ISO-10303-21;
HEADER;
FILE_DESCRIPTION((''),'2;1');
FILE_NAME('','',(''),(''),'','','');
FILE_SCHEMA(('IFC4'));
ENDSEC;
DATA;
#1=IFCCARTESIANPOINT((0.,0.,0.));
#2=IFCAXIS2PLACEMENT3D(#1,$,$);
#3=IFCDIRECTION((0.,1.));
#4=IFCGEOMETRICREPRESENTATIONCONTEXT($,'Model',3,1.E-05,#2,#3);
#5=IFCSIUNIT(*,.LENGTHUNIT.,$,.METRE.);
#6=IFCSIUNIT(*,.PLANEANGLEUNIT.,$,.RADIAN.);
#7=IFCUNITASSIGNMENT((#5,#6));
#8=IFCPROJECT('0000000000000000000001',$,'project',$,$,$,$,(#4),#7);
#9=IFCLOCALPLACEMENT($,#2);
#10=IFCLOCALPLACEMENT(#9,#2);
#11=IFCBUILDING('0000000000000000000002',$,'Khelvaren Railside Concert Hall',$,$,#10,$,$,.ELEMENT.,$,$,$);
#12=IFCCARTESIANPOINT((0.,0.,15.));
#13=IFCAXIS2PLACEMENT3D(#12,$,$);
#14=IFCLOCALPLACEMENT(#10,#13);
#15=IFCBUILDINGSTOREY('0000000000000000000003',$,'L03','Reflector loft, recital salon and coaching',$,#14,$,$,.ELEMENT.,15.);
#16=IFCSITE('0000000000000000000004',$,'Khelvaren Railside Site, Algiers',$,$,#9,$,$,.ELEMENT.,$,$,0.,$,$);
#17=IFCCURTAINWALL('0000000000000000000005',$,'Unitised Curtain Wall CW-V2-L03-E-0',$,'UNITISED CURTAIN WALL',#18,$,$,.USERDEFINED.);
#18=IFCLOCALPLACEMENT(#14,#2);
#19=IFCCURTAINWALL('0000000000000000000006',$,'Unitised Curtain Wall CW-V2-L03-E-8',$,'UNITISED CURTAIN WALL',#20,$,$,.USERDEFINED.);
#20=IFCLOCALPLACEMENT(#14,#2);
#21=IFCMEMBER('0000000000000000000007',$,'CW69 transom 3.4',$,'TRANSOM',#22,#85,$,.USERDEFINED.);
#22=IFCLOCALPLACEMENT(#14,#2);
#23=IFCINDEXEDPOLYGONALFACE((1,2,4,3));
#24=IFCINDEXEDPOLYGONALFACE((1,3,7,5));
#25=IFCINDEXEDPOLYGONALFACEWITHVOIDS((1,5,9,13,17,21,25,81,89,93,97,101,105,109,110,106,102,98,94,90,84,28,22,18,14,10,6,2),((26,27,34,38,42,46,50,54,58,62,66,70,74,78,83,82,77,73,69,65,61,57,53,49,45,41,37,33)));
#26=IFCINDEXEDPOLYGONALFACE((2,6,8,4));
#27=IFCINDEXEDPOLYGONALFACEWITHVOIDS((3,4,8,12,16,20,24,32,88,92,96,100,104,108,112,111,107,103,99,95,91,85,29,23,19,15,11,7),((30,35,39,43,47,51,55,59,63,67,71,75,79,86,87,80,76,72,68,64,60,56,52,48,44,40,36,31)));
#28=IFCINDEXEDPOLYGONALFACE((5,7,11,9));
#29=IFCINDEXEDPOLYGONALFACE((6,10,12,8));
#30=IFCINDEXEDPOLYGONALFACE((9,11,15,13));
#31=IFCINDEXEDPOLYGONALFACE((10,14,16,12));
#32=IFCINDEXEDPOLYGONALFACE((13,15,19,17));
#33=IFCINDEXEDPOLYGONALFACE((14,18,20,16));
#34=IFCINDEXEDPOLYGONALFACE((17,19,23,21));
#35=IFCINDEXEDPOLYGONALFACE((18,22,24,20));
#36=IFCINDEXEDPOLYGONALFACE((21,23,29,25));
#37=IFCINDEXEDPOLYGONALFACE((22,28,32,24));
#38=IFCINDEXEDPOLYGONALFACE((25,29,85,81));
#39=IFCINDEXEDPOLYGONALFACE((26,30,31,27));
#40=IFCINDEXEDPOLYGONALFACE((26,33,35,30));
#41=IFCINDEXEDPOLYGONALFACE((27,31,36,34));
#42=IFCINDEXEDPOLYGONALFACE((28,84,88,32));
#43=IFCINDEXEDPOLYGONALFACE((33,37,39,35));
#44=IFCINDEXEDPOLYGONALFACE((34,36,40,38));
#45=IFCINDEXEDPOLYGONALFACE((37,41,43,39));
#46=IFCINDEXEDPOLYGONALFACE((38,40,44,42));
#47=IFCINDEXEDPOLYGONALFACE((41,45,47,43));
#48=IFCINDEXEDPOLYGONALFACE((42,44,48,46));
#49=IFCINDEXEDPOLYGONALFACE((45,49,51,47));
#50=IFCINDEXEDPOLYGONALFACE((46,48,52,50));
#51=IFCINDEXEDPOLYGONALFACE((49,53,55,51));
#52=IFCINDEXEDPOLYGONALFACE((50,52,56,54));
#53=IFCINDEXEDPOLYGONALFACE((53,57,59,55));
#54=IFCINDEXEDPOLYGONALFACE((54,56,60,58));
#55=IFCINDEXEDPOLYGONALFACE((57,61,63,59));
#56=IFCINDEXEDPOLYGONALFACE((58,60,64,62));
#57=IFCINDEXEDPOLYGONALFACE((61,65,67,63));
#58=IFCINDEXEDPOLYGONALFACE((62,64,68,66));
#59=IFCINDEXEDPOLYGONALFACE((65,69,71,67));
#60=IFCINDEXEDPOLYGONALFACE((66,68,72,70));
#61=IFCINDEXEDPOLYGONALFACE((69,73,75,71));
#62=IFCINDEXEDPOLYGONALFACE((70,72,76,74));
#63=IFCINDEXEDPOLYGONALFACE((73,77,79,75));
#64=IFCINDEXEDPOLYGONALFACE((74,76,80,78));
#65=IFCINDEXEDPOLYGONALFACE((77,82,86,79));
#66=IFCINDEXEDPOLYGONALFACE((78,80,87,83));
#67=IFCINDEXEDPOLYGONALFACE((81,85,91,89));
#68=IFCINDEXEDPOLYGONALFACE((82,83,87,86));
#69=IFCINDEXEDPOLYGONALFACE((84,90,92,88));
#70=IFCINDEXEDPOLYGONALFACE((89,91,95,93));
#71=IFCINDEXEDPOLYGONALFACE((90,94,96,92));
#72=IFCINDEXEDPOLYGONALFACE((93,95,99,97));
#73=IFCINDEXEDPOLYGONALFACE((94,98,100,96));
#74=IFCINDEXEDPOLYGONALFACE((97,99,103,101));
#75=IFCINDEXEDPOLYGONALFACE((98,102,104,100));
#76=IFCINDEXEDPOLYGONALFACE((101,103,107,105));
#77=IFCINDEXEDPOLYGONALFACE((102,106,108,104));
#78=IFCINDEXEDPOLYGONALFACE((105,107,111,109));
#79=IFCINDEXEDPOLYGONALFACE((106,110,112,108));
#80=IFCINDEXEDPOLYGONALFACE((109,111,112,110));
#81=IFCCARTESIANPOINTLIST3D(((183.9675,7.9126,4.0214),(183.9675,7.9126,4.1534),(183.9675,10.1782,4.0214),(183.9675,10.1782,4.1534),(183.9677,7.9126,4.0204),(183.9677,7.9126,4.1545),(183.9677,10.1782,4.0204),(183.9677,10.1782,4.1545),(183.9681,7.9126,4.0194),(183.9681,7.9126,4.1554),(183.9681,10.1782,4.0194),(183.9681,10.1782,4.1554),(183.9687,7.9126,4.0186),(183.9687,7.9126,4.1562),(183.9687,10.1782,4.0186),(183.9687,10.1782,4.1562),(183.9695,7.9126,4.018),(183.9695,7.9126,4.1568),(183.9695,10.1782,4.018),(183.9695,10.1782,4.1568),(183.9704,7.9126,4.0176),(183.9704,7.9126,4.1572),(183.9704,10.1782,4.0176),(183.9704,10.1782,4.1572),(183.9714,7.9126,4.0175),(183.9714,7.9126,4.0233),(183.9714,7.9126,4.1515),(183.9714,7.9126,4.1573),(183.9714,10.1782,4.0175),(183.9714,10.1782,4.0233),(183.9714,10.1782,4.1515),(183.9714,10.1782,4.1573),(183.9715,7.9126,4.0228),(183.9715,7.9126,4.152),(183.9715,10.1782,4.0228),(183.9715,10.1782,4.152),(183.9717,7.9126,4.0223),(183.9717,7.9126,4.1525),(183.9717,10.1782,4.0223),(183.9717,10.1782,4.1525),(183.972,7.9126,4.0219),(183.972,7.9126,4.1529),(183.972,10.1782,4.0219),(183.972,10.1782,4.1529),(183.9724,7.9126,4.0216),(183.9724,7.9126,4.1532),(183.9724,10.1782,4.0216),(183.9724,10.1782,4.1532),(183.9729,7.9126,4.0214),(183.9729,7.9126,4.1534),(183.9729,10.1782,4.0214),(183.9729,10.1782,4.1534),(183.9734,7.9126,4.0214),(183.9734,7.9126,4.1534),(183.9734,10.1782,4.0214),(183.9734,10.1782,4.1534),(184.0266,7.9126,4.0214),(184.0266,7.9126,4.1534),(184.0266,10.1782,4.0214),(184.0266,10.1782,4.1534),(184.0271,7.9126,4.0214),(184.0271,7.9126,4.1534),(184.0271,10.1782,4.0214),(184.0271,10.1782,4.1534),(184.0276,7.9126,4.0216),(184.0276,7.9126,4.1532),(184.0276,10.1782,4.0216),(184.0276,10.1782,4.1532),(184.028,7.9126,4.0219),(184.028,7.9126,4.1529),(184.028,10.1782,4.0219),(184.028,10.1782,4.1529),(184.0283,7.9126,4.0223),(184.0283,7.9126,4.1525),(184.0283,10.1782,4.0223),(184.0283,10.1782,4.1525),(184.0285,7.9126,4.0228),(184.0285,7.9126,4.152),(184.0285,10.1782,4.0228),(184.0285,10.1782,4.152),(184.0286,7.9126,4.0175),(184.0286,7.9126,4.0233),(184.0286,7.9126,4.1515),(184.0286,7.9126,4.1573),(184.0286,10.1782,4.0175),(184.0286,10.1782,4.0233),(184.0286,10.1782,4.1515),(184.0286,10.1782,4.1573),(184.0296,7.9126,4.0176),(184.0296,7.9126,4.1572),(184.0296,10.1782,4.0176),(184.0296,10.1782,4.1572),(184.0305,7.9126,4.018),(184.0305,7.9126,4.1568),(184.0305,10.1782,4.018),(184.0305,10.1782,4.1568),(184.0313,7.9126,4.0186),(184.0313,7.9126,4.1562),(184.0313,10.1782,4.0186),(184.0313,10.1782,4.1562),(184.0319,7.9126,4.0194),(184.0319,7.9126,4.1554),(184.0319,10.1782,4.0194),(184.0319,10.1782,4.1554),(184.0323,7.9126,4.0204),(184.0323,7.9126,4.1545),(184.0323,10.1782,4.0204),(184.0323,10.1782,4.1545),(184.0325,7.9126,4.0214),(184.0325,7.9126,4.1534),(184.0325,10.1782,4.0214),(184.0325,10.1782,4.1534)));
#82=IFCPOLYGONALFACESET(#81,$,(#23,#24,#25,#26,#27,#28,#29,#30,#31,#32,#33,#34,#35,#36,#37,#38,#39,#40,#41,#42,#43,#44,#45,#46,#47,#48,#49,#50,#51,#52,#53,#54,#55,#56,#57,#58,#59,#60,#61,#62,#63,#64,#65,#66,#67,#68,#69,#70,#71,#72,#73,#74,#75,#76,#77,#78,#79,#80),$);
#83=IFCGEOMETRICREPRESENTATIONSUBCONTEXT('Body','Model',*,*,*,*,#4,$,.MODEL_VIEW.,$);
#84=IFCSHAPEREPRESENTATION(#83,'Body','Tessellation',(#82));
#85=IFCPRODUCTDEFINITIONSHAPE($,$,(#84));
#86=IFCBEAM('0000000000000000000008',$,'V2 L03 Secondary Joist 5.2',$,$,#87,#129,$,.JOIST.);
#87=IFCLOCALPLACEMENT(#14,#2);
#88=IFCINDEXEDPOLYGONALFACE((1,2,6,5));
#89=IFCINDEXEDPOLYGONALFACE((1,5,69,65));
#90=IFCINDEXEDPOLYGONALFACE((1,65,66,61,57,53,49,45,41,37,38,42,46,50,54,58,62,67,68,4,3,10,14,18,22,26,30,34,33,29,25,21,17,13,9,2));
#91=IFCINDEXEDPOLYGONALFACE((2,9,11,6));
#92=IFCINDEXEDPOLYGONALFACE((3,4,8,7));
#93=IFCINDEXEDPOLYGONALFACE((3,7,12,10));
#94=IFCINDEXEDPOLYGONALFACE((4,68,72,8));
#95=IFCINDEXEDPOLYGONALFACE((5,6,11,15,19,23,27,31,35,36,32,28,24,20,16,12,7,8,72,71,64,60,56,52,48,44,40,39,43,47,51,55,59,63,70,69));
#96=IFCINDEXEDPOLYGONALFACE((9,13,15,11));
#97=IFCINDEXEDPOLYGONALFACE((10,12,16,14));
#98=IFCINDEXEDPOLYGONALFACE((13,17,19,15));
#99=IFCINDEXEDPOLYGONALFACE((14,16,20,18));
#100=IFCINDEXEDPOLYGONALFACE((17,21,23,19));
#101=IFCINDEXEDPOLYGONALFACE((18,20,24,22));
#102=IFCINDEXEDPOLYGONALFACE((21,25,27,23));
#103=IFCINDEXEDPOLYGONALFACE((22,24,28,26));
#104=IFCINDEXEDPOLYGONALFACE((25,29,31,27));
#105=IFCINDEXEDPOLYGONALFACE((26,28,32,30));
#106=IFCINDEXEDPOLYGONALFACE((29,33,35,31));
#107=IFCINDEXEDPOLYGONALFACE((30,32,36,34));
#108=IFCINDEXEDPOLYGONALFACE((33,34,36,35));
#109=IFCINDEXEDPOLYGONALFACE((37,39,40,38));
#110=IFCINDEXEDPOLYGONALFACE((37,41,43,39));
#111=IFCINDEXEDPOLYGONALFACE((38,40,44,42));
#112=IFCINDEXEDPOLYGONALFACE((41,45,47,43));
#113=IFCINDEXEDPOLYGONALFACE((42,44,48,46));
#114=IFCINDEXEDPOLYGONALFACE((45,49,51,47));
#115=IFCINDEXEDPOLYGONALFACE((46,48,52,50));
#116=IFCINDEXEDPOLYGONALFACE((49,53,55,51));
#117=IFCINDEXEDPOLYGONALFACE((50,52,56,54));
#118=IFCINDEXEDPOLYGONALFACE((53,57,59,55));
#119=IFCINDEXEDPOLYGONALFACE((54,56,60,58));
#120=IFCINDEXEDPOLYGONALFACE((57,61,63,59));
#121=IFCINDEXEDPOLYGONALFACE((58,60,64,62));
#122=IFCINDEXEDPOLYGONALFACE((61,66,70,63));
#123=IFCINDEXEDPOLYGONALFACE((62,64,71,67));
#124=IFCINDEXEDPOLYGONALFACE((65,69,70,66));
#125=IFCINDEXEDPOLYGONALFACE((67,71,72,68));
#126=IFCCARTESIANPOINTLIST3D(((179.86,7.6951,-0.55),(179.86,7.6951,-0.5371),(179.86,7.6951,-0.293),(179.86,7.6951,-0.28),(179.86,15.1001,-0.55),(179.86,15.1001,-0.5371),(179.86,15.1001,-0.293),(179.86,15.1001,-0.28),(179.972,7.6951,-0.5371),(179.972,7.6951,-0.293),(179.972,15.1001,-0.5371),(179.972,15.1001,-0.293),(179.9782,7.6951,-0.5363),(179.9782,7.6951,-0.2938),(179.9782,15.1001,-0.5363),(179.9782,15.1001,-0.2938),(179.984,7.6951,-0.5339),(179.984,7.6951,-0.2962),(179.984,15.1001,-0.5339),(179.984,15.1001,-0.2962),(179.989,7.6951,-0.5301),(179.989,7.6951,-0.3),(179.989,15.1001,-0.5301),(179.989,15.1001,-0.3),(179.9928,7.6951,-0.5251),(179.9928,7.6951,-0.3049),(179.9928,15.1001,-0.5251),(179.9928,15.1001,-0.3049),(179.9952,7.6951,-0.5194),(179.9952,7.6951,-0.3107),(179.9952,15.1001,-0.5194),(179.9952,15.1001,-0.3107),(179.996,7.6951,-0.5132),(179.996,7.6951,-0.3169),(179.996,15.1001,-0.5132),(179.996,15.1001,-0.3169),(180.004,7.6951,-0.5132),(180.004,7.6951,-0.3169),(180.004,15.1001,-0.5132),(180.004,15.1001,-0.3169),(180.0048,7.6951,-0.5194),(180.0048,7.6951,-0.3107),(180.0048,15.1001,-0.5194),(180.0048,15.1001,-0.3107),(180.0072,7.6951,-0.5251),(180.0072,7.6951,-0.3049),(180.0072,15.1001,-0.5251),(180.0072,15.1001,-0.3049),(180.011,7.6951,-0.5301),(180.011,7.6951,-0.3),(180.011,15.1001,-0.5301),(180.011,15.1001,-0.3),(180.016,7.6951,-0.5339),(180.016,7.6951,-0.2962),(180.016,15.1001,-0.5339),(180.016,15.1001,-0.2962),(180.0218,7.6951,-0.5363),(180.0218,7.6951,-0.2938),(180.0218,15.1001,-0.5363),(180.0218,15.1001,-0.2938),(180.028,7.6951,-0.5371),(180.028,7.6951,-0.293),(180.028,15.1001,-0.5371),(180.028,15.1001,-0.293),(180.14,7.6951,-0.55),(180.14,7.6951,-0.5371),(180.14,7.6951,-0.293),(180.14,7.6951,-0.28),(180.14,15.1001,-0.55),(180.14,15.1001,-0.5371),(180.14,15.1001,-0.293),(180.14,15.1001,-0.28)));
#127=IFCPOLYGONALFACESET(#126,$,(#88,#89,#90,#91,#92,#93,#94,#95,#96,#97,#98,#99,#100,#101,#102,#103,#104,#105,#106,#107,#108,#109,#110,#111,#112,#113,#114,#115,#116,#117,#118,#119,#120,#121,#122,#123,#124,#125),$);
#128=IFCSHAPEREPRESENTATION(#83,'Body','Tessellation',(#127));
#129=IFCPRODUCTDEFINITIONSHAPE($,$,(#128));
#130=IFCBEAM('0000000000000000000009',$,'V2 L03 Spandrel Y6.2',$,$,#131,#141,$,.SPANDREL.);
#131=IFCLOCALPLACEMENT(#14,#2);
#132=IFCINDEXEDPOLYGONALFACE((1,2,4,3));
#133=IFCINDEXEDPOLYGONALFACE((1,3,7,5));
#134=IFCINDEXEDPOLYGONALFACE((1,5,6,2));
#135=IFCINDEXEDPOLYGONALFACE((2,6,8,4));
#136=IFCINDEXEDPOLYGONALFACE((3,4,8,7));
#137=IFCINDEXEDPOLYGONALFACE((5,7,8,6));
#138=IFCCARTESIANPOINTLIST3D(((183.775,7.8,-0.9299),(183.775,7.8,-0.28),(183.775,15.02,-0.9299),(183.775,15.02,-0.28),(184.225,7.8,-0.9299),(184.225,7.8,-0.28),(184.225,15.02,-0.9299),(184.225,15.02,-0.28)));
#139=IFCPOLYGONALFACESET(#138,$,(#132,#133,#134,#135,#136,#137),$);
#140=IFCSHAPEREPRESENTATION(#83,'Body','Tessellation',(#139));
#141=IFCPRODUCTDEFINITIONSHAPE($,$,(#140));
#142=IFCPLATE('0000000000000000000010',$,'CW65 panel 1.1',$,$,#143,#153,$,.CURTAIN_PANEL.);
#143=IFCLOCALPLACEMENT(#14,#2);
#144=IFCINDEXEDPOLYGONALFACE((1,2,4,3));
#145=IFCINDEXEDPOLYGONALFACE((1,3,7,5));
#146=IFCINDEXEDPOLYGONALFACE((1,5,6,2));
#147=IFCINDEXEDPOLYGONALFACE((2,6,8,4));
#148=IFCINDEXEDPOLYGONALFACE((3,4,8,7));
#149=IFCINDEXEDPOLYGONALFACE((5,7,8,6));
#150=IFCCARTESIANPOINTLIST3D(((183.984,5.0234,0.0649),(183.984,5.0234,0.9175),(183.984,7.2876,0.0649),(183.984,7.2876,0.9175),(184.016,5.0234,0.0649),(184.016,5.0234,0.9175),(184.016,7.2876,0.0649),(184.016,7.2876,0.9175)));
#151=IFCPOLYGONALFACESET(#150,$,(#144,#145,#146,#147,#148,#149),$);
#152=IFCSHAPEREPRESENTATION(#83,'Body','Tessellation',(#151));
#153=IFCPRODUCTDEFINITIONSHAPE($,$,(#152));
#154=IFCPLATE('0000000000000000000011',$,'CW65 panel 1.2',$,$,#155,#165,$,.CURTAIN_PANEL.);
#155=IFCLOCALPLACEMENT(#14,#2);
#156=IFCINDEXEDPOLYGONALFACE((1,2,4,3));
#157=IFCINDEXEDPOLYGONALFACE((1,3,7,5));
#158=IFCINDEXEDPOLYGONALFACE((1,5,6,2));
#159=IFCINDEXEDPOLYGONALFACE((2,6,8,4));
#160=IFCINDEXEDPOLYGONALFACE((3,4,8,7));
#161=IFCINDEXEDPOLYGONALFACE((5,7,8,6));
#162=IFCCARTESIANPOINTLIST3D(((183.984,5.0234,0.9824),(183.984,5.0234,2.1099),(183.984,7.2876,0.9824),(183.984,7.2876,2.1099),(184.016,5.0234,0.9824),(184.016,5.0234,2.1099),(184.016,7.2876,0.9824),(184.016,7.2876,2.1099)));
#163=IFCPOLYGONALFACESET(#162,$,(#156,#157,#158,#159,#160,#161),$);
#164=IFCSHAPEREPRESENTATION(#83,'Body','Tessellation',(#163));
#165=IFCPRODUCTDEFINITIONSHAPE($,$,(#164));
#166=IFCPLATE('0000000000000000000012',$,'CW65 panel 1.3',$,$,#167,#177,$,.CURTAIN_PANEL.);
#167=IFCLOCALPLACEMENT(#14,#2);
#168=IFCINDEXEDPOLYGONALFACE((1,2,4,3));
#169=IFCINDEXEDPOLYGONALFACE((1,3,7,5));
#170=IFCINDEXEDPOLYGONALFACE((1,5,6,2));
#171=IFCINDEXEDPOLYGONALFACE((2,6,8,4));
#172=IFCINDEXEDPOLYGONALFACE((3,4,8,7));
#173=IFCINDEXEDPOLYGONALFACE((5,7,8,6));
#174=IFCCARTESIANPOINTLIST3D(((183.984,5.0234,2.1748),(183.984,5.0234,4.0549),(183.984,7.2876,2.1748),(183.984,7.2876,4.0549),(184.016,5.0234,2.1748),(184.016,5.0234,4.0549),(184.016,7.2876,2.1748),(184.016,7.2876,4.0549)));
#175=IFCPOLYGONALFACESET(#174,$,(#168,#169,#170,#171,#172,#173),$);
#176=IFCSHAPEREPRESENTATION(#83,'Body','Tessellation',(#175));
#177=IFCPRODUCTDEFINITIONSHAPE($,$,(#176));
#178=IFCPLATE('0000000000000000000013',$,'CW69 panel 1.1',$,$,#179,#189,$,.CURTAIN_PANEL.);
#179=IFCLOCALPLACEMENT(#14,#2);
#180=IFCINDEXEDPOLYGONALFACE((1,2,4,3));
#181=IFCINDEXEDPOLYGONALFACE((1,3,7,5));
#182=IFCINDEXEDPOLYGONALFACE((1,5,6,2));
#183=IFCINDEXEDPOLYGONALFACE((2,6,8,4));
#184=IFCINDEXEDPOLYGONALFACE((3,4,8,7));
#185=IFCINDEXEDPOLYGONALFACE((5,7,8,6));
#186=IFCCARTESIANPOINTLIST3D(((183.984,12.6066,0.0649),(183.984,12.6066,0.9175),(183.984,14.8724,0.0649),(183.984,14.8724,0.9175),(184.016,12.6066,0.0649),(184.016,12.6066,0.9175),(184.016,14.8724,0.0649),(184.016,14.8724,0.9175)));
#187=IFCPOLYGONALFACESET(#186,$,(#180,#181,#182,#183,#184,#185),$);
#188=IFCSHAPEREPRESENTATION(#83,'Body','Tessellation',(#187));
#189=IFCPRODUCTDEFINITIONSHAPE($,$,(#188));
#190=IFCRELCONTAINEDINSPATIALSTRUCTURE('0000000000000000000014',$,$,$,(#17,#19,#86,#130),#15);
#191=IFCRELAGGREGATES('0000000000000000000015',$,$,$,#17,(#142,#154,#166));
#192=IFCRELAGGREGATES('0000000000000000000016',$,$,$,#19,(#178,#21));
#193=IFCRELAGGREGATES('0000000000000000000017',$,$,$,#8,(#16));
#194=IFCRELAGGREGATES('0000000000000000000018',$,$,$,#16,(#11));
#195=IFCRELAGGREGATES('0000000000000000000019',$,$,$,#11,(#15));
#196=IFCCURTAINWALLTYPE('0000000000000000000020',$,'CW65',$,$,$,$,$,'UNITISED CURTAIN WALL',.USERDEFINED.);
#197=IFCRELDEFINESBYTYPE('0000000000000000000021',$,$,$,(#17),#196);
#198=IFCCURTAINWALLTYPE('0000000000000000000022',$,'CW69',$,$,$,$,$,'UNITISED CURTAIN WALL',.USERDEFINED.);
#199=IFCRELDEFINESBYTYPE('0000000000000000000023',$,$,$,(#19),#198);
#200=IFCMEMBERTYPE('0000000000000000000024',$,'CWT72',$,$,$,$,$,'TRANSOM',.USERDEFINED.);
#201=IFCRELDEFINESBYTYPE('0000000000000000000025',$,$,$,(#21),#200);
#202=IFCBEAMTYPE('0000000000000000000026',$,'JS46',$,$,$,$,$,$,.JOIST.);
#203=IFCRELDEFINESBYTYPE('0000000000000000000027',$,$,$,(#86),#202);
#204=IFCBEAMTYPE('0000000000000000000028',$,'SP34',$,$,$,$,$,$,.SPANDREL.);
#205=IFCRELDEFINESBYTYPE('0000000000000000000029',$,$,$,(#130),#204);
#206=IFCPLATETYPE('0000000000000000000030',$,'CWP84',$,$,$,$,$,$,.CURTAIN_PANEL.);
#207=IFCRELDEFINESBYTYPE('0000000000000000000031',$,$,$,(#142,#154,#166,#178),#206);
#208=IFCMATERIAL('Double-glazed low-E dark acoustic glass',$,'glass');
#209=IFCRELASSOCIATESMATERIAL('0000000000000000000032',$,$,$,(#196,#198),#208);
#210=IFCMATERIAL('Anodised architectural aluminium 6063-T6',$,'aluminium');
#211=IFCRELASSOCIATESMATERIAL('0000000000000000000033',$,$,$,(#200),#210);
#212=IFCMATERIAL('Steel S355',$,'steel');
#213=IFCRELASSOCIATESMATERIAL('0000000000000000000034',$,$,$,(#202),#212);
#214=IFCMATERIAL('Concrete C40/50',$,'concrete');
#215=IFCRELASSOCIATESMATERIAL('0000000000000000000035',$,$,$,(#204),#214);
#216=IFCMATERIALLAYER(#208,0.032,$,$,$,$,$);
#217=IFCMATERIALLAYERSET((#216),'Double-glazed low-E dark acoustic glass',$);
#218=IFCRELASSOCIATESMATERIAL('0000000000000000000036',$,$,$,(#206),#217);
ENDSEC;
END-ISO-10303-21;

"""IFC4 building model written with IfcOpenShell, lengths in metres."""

from ifc_helpers import new_model, si_unit, direction, frame, origin, origin_2d, place, context, subcontext, project, spatial, rectangle, hollow_rectangle, i_section, extrude, material, layer, layer_set, material_profile, profile_set, type_object, element, aggregate, save


model = new_model("IFC4")

# Units and contexts
model_context = context("Model", 3, precision=1e-05, world=origin(), true_north=direction((0.0, 1.0)))
body_context = subcontext(model_context, "Body", "Model", "MODEL_VIEW")
ifc_project = project(units=[si_unit("LENGTHUNIT", "METRE"), si_unit("PLANEANGLEUNIT", "RADIAN")], contexts=[model_context])

# Site, building, storey
site_placement = place(None, origin())
site = spatial("IfcSite", under=ifc_project, at=site_placement, Name="Khelvaren Railside Site, Algiers", CompositionType="ELEMENT", RefElevation=0.0)
building_placement = place(site_placement, origin())
building = spatial("IfcBuilding", under=site, at=building_placement, Name="Khelvaren Railside Concert Hall", CompositionType="ELEMENT")
storey_placement = place(building_placement, frame((0.0, 0.0, 15.0)))
storey = spatial("IfcBuildingStorey", under=building, at=storey_placement, Name="L03", Description="Reflector loft, recital salon and coaching", CompositionType="ELEMENT", Elevation=15.0)

# Shared definitions
ifc_material_1 = material(Name="Steel S355", Category="steel")

# Curtain walls
ifc_material_2 = material(Name="Double-glazed low-E dark acoustic glass", Category="glass")
curtain_wall_type_1 = type_object("IfcCurtainWallType", Name="CW65", ElementType="UNITISED CURTAIN WALL", PredefinedType="USERDEFINED", material=ifc_material_2)
curtain_wall_1_placement = place(storey_placement, origin())
curtain_wall_1 = element("IfcCurtainWall", 1, at=curtain_wall_1_placement, inside=storey, type_object=curtain_wall_type_1, Name="Unitised Curtain Wall CW-V2-L03-E-0", ObjectType="UNITISED CURTAIN WALL", PredefinedType="USERDEFINED")
ifc_material_3 = material(Name="Anodised architectural aluminium 6063-T6", Category="aluminium")
curtain_wall_type_2 = type_object("IfcCurtainWallType", Name="CW69", ElementType="UNITISED CURTAIN WALL", PredefinedType="USERDEFINED", material=ifc_material_2)
curtain_wall_2_placement = place(storey_placement, origin())
curtain_wall_2 = element("IfcCurtainWall", 2, at=curtain_wall_2_placement, inside=storey, type_object=curtain_wall_type_2, Name="Unitised Curtain Wall CW-V2-L03-E-8", ObjectType="UNITISED CURTAIN WALL", PredefinedType="USERDEFINED")

# Member
ifc_material_profile_1 = material_profile(ifc_material_3, hollow_rectangle(XDim=0.0649, YDim=0.1399, WallThickness=0.0039, InnerFilletRadius=0.002, OuterFilletRadius=0.0039, at=origin_2d()), Name="CWT 65x140x4")
ifc_profile_set_1 = profile_set([ifc_material_profile_1], Name="Anodised architectural aluminium 6063-T6")
member_type_1 = type_object("IfcMemberType", Name="CWT72", ElementType="TRANSOM", PredefinedType="USERDEFINED", material=ifc_profile_set_1)
member_1_placement = place(storey_placement, frame((184.0, 10.1782, 4.0874), z_axis=(0.0, -1.0, 0.0), x_axis=(1.0, 0.0, 0.0)))
member_1 = element("IfcMember", 3, at=member_1_placement, type_object=member_type_1, Name="CW69 transom 3.4", ObjectType="TRANSOM", PredefinedType="USERDEFINED", context=body_context, shape_type="SweptSolid", body=[
    extrude(hollow_rectangle(XDim=0.0649, YDim=0.1399, WallThickness=0.0039, InnerFilletRadius=0.002, OuterFilletRadius=0.0039, at=origin_2d()), origin(), (0.0, 0.0, 1.0), 2.2656),
])

# Beams
ifc_material_profile_2 = material_profile(ifc_material_1, i_section(OverallWidth=0.28, OverallDepth=0.27, WebThickness=0.0081, FlangeThickness=0.0129, FilletRadius=0.0239, at=origin_2d()), Name="HEA 280")
ifc_profile_set_2 = profile_set([ifc_material_profile_2], Name="Steel S355")
beam_type_1 = type_object("IfcBeamType", Name="JS46", PredefinedType="JOIST", material=ifc_profile_set_2)
beam_1_placement = place(storey_placement, frame((180.0, 7.6951, -0.415), z_axis=(0.0, 1.0, 0.0), x_axis=(-1.0, 0.0, 0.0)))
element("IfcBeam", 4, at=beam_1_placement, inside=storey, type_object=beam_type_1, Name="V2 L03 Secondary Joist 5.2", PredefinedType="JOIST", context=body_context, shape_type="SweptSolid", body=[
    extrude(i_section(OverallWidth=0.28, OverallDepth=0.27, WebThickness=0.0081, FlangeThickness=0.0129, FilletRadius=0.0239, at=origin_2d()), origin(), (0.0, 0.0, 1.0), 7.405),
])
ifc_material_4 = material(Name="Concrete C40/50", Category="concrete")
ifc_material_profile_3 = material_profile(ifc_material_4, rectangle(XDim=0.45, YDim=0.6499, at=origin_2d()), Name="RCB 450x650")
ifc_profile_set_3 = profile_set([ifc_material_profile_3], Name="Concrete C40/50")
beam_type_2 = type_object("IfcBeamType", Name="SP34", PredefinedType="SPANDREL", material=ifc_profile_set_3)
beam_2_placement = place(storey_placement, frame((184.0, 7.8, -0.605), z_axis=(0.0, 1.0, 0.0), x_axis=(-1.0, 0.0, 0.0)))
element("IfcBeam", 5, at=beam_2_placement, inside=storey, type_object=beam_type_2, Name="V2 L03 Spandrel Y6.2", PredefinedType="SPANDREL", context=body_context, shape_type="SweptSolid", body=[
    extrude(rectangle(XDim=0.45, YDim=0.6499, at=origin_2d()), origin(), (0.0, 0.0, 1.0), 7.22),
])

# Plates
ifc_layer = layer(ifc_material_2, 0.032)
ifc_layer_set = layer_set([ifc_layer], Name="Double-glazed low-E dark acoustic glass")
plate_type = type_object("IfcPlateType", Name="CWP84", PredefinedType="CURTAIN_PANEL", material=ifc_layer_set)
plate_1_placement = place(storey_placement, frame((184.0, 6.1555, 0.0649), z_axis=(0.0, 0.0, 1.0), x_axis=(0.0, -1.0, 0.0)))
plate_1 = element("IfcPlate", 6, at=plate_1_placement, type_object=plate_type, Name="CW65 panel 1.1", PredefinedType="CURTAIN_PANEL", context=body_context, shape_type="SweptSolid", body=[
    extrude(rectangle(XDim=2.2642, YDim=0.032, at=origin_2d()), origin(), (0.0, 0.0, 1.0), 0.8525),
])
plate_2_placement = place(storey_placement, frame((184.0, 6.1555, 0.9824), z_axis=(0.0, 0.0, 1.0), x_axis=(0.0, -1.0, 0.0)))
plate_2 = element("IfcPlate", 7, at=plate_2_placement, type_object=plate_type, Name="CW65 panel 1.2", PredefinedType="CURTAIN_PANEL", context=body_context, shape_type="SweptSolid", body=[
    extrude(rectangle(XDim=2.2642, YDim=0.032, at=origin_2d()), origin(), (0.0, 0.0, 1.0), 1.1274),
])
plate_3_placement = place(storey_placement, frame((184.0, 6.1555, 2.1748), z_axis=(0.0, 0.0, 1.0), x_axis=(0.0, -1.0, 0.0)))
plate_3 = element("IfcPlate", 8, at=plate_3_placement, type_object=plate_type, Name="CW65 panel 1.3", PredefinedType="CURTAIN_PANEL", context=body_context, shape_type="SweptSolid", body=[
    extrude(rectangle(XDim=2.2642, YDim=0.032, at=origin_2d()), origin(), (0.0, 0.0, 1.0), 1.8801),
])
aggregate(curtain_wall_1, [plate_1, plate_2, plate_3])
plate_4_placement = place(storey_placement, frame((184.0, 13.7395, 0.0649), z_axis=(0.0, 0.0, 1.0), x_axis=(0.0, -1.0, 0.0)))
plate_4 = element("IfcPlate", 9, at=plate_4_placement, type_object=plate_type, Name="CW69 panel 1.1", PredefinedType="CURTAIN_PANEL", context=body_context, shape_type="SweptSolid", body=[
    extrude(rectangle(XDim=2.2659, YDim=0.032, at=origin_2d()), origin(), (0.0, 0.0, 1.0), 0.8525),
])
aggregate(curtain_wall_2, [plate_4, member_1])

save(model, "model.ifc")
